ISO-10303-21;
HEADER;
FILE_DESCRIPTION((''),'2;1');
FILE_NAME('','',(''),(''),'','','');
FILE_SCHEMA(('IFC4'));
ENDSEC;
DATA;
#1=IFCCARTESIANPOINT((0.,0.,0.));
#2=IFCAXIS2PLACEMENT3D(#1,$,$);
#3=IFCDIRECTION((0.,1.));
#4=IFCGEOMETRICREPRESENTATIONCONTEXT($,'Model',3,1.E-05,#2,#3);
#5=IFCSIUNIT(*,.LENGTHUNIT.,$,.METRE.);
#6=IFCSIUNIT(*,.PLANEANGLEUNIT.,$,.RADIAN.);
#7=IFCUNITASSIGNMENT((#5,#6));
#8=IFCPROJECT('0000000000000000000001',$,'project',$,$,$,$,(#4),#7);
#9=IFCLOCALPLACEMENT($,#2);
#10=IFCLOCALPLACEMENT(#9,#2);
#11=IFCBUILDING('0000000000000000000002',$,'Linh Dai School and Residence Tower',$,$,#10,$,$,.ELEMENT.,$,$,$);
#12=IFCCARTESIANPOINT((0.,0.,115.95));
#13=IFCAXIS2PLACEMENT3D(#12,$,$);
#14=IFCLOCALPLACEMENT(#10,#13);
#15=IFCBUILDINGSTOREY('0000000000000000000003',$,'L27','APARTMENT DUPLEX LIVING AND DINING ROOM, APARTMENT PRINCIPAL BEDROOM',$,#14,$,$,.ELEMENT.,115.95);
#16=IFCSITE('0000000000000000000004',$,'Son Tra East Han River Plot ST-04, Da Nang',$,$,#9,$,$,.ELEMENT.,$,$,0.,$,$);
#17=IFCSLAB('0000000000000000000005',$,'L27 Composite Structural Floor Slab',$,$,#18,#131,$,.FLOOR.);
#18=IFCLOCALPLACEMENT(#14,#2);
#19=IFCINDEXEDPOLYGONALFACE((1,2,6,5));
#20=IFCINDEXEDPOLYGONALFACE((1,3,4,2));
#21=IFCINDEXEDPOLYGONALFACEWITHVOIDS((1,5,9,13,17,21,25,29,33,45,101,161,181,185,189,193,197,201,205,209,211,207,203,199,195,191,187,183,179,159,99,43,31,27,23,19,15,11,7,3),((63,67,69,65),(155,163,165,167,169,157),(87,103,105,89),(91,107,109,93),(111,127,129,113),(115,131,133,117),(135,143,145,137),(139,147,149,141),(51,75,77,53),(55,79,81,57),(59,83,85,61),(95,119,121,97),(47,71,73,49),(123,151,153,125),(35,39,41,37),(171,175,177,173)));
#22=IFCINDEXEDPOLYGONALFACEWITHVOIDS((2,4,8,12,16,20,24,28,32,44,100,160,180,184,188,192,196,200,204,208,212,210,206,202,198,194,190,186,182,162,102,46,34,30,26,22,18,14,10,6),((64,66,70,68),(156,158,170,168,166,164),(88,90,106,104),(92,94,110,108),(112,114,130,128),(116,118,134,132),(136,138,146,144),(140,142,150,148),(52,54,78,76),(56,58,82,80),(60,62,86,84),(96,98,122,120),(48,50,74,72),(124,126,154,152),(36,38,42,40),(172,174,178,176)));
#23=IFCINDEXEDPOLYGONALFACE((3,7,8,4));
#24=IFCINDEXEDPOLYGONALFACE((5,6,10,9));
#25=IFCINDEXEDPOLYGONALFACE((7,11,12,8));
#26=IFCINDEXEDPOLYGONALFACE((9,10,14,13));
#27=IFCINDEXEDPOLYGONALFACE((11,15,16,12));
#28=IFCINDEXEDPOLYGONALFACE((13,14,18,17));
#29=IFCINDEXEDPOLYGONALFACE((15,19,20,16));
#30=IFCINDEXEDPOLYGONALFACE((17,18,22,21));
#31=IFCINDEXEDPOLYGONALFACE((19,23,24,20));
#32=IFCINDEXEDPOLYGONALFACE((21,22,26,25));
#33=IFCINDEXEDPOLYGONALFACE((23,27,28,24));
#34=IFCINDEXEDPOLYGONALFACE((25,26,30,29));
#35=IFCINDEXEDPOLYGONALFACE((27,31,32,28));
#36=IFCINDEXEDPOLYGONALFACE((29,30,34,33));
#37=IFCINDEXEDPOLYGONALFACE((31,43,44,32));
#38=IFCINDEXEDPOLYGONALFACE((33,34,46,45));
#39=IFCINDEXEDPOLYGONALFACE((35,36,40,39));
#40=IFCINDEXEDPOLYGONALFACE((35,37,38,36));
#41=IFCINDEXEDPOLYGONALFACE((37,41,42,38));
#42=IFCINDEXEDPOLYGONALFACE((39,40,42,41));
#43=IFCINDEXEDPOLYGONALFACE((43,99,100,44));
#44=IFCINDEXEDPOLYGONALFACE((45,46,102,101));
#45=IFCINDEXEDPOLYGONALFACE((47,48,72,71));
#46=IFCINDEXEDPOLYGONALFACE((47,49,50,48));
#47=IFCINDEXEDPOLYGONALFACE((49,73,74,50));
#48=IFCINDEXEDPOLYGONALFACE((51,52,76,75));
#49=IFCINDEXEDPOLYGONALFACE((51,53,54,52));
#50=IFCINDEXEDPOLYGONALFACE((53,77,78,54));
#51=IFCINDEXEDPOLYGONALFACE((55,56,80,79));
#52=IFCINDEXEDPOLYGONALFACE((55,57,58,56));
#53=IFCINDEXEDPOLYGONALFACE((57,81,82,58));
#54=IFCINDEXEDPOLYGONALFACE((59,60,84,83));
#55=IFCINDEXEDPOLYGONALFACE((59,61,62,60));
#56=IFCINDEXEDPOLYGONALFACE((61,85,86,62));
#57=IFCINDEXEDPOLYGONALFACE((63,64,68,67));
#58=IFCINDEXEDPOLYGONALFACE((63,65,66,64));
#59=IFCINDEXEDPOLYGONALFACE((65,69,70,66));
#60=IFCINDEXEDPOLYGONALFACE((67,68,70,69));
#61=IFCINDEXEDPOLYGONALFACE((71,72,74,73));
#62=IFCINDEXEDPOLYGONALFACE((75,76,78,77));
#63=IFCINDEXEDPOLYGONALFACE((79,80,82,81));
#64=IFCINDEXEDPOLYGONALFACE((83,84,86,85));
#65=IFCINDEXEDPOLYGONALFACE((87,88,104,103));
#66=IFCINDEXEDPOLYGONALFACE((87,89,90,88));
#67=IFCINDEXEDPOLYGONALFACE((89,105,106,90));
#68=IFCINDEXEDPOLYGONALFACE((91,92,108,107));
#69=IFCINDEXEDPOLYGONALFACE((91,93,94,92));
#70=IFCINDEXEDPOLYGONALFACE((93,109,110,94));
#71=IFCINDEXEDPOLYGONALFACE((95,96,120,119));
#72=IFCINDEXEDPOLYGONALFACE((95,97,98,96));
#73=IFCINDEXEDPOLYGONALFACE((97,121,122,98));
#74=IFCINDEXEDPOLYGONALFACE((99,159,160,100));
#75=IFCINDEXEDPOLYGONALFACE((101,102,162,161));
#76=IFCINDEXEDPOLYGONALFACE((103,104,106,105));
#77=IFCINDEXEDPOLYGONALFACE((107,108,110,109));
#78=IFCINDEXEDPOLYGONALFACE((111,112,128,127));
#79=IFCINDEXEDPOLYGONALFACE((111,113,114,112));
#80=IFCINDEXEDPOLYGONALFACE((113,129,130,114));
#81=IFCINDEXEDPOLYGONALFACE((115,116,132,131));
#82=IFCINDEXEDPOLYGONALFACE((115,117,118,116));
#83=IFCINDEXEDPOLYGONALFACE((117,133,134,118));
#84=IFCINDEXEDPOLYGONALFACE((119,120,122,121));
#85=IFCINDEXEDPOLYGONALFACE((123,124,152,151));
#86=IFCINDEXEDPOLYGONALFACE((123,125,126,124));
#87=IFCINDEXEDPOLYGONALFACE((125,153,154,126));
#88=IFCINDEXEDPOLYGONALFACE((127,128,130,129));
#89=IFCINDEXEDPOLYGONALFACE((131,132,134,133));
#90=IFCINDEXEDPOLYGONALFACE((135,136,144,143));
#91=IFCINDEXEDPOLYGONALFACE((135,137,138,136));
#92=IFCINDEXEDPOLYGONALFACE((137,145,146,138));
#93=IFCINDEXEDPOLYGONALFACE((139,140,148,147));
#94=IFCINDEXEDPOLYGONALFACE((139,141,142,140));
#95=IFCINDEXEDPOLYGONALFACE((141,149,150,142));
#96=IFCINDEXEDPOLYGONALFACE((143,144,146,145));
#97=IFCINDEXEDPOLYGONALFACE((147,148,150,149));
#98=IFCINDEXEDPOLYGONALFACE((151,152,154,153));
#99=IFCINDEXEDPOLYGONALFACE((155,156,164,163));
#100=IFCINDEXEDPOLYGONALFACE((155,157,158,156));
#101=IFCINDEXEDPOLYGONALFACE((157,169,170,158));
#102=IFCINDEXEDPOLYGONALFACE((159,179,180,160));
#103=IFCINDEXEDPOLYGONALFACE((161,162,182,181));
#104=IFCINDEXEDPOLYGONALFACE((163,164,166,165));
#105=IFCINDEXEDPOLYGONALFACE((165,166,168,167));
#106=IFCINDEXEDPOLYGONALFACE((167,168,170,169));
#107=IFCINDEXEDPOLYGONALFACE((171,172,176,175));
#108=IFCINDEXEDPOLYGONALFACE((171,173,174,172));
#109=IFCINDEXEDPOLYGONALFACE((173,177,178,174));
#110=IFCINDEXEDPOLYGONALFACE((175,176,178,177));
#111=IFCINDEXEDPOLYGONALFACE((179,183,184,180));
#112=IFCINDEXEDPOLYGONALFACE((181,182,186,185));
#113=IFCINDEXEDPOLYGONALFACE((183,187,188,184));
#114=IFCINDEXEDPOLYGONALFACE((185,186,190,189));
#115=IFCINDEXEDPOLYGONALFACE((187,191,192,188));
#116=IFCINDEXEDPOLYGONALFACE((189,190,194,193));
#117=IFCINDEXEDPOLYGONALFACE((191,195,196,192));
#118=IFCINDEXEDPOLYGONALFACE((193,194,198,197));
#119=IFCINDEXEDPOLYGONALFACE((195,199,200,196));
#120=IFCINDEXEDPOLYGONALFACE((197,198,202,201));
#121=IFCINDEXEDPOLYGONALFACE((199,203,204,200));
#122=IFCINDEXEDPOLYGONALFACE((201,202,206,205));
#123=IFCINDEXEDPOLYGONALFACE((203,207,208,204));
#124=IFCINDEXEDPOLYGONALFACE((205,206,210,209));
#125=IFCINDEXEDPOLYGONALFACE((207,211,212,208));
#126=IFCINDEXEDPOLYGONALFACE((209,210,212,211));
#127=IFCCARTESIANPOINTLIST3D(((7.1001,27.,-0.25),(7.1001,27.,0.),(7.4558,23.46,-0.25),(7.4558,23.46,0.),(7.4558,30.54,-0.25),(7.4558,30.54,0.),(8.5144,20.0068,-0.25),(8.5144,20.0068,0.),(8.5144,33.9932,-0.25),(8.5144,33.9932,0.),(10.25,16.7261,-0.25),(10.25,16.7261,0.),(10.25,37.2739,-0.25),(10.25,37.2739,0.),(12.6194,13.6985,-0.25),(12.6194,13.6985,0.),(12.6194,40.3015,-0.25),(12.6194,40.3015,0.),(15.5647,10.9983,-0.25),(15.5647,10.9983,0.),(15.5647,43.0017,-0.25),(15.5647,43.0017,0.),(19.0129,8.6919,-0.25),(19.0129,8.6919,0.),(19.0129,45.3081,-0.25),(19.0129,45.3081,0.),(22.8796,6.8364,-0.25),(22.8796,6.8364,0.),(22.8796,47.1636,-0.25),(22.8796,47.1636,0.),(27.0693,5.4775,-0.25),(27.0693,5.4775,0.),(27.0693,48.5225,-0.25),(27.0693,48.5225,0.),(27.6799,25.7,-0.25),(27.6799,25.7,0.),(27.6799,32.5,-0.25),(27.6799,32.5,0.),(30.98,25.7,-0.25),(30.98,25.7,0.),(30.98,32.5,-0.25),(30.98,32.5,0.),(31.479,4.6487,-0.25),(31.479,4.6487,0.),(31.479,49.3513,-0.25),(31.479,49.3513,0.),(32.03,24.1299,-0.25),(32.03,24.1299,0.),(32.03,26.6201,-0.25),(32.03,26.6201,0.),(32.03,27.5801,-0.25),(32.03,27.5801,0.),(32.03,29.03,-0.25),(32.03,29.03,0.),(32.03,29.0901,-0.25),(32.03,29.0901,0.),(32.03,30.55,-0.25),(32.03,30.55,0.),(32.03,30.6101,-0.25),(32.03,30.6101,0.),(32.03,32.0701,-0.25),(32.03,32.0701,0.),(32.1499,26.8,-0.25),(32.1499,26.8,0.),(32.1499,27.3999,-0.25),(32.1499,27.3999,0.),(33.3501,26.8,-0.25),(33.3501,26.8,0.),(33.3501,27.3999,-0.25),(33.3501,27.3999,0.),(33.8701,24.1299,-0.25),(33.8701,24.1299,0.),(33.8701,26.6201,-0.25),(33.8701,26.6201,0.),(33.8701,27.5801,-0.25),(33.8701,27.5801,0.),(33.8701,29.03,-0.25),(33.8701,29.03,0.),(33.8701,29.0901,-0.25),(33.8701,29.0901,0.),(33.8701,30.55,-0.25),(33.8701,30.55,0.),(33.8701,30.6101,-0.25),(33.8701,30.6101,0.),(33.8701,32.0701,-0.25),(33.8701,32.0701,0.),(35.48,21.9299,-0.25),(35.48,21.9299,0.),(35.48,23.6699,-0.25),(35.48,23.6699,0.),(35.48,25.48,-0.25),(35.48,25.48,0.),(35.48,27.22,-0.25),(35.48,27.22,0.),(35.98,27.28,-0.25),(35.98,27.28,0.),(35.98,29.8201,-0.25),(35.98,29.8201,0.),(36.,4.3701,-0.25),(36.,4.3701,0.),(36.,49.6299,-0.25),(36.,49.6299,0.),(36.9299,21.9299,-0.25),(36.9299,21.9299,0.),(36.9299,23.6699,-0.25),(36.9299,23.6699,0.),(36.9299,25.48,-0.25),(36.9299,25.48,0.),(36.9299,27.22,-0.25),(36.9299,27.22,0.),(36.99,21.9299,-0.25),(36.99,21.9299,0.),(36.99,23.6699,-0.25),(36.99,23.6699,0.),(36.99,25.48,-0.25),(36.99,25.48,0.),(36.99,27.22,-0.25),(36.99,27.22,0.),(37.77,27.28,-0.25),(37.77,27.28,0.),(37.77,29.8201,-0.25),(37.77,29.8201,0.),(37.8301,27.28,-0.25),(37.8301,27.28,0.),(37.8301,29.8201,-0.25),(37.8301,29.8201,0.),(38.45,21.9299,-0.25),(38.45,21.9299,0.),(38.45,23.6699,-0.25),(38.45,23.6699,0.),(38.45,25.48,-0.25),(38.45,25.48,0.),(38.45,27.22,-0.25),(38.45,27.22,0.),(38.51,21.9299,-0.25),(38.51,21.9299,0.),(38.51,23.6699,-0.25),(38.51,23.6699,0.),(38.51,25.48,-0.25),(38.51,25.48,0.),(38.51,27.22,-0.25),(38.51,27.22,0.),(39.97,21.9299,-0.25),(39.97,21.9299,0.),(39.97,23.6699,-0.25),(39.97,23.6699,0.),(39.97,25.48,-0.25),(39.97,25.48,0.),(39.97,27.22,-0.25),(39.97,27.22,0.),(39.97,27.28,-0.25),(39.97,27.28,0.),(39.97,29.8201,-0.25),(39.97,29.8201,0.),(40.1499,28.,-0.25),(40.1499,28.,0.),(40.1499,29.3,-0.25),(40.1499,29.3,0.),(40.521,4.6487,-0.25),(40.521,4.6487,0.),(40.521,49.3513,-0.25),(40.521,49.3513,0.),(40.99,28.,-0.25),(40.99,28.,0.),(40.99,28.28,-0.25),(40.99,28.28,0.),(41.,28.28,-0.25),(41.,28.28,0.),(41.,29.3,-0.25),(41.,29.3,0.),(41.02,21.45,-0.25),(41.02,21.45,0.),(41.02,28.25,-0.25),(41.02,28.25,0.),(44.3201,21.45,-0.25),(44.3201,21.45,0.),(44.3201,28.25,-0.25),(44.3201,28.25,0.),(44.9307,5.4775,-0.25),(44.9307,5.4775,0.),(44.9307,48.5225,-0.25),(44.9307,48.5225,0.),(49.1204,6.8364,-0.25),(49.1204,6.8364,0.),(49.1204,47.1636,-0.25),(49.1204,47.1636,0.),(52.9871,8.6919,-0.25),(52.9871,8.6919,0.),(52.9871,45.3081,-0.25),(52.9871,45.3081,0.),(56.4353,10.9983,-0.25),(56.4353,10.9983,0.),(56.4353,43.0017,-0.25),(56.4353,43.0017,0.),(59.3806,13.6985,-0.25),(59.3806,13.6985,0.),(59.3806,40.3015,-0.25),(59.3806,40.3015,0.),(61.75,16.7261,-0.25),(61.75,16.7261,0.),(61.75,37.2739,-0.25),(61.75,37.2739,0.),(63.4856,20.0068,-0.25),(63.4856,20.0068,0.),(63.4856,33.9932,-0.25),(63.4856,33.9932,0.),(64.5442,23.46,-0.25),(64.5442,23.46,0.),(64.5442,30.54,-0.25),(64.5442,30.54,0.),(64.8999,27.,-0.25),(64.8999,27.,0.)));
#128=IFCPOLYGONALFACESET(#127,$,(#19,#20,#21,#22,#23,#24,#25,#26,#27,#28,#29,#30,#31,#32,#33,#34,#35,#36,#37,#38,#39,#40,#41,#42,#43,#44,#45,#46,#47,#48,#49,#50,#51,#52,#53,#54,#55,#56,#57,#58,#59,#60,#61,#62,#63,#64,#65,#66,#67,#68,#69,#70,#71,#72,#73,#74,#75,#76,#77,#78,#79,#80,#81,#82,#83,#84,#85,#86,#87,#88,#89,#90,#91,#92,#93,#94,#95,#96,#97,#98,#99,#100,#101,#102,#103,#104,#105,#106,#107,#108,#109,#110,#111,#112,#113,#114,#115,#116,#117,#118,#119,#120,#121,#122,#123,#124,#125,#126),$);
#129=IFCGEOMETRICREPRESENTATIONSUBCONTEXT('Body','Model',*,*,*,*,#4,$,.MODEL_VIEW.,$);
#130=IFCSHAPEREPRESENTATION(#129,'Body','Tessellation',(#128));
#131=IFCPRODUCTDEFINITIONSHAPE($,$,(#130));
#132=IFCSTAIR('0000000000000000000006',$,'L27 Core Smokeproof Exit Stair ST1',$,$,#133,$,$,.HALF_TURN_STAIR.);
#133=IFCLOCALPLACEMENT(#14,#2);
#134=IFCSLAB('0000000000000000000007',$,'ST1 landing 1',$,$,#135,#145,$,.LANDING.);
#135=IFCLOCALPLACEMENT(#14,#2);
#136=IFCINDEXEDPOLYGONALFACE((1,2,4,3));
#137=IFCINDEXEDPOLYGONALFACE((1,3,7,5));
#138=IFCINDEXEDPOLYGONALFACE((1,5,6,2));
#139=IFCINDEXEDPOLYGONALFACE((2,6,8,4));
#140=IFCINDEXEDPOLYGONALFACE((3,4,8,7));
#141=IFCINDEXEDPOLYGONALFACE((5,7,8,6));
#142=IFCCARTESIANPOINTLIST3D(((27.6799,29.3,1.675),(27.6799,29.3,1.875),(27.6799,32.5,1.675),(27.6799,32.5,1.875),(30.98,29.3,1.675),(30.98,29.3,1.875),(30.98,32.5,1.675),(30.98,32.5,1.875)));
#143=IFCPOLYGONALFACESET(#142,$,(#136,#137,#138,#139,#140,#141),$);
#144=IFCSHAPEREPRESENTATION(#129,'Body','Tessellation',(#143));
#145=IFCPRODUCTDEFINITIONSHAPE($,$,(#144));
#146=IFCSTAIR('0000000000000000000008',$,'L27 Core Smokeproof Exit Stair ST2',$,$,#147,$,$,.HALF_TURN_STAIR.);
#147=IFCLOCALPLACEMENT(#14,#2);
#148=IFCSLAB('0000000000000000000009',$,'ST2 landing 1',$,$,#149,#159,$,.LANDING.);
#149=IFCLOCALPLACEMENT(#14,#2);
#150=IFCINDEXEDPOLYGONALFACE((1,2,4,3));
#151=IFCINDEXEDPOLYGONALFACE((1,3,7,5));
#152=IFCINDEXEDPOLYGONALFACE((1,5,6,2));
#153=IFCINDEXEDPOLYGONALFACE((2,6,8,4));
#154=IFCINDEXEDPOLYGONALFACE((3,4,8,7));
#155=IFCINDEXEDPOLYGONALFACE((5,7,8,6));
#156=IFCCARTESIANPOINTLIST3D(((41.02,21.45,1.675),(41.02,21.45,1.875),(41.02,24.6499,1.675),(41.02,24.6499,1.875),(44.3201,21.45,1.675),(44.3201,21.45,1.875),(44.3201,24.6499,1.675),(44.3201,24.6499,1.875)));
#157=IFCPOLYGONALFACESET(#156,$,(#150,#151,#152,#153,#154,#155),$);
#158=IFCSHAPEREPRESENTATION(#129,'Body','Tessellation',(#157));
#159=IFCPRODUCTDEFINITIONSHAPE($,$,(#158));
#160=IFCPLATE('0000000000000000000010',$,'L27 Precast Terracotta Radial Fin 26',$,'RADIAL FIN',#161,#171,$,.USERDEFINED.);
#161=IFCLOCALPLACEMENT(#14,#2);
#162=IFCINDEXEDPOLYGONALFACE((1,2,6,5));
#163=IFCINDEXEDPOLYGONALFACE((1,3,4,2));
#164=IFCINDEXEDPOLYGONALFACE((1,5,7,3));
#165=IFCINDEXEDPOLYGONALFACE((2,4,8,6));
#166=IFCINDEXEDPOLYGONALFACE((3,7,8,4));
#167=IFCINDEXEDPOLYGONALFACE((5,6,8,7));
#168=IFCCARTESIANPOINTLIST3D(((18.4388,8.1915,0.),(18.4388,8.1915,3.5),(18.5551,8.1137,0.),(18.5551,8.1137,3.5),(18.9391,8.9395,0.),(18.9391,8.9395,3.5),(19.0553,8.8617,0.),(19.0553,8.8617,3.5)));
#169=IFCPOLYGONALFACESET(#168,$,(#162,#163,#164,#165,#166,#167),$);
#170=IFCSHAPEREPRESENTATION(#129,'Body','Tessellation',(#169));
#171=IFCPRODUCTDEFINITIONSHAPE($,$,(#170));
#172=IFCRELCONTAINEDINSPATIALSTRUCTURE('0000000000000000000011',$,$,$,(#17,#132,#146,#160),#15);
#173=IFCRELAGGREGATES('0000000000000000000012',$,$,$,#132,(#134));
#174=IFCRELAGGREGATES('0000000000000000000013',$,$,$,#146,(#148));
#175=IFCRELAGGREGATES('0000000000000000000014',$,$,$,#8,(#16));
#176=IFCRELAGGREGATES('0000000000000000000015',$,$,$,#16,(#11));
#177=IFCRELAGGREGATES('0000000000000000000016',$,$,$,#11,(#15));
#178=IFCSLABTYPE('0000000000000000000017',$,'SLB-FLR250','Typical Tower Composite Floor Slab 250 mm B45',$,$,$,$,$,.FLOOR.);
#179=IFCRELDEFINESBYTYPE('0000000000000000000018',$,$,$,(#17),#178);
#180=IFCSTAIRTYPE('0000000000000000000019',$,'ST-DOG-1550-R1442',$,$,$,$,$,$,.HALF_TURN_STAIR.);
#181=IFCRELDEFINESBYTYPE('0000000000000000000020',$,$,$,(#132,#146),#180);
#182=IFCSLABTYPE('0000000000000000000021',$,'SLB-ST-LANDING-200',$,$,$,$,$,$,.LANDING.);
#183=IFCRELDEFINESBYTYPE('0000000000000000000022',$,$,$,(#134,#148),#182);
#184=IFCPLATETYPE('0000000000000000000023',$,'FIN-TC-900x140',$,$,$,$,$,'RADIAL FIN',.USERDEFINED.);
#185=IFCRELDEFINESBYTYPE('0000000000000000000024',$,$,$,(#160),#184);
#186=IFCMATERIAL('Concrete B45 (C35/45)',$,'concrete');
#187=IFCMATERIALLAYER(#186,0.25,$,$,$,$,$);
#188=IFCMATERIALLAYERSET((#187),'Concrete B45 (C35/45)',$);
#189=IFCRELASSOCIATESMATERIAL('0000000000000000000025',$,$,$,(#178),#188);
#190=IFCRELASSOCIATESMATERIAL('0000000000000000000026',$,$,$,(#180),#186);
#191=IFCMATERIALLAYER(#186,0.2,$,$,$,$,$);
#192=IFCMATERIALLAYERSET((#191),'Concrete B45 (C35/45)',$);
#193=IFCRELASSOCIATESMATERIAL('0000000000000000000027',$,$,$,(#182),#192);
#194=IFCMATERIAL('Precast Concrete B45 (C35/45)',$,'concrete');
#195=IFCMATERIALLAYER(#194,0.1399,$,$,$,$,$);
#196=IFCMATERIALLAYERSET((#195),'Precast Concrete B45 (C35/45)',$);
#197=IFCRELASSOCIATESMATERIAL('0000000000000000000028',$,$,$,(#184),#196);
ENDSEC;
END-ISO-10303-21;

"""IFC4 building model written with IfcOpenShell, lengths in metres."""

from ifc_helpers import new_model, si_unit, direction, frame, origin, origin_2d, place, context, subcontext, project, spatial, polyline, rectangle, outline, extrude, source, transform, mapped, material, layer, layer_set, type_object, element, aggregate, save


model = new_model("IFC4")

# Units and contexts
model_context = context("Model", 3, precision=1e-05, world=origin(), true_north=direction((0.0, 1.0)))
body_context = subcontext(model_context, "Body", "Model", "MODEL_VIEW")
ifc_project = project(units=[si_unit("LENGTHUNIT", "METRE"), si_unit("PLANEANGLEUNIT", "RADIAN")], contexts=[model_context])

# Site, building, storey
site_placement = place(None, origin())
site = spatial("IfcSite", under=ifc_project, at=site_placement, Name="Son Tra East Han River Plot ST-04, Da Nang", CompositionType="ELEMENT", RefElevation=0.0)
building_placement = place(site_placement, origin())
building = spatial("IfcBuilding", under=site, at=building_placement, Name="Linh Dai School and Residence Tower", CompositionType="ELEMENT")
storey_placement = place(building_placement, frame((0.0, 0.0, 115.95)))
storey = spatial("IfcBuildingStorey", under=building, at=storey_placement, Name="L27", Description="APARTMENT DUPLEX LIVING AND DINING ROOM, APARTMENT PRINCIPAL BEDROOM", CompositionType="ELEMENT", Elevation=115.95)

# Slab
ifc_material_1 = material(Name="Concrete B45 (C35/45)", Category="concrete")
ifc_layer_1 = layer(ifc_material_1, 0.25)
ifc_layer_set_1 = layer_set([ifc_layer_1], Name="Concrete B45 (C35/45)")
slab_type_1 = type_object("IfcSlabType", Name="SLB-FLR250", Description="Typical Tower Composite Floor Slab 250 mm B45", PredefinedType="FLOOR", material=ifc_layer_set_1)
slab_1_placement = place(storey_placement, frame((0.0, 0.0, -0.25)))
element("IfcSlab", 1, at=slab_1_placement, inside=storey, type_object=slab_type_1, Name="L27 Composite Structural Floor Slab", PredefinedType="FLOOR", context=body_context, shape_type="SweptSolid", body=[
    extrude(outline(polyline([(64.8999, 27.0), (64.5442, 30.54), (63.4856, 33.9932), (61.75, 37.2739), (59.3806, 40.3015), (56.4353, 43.0017), (52.9871, 45.3081), (49.1204, 47.1636), (44.9307, 48.5225), (40.521, 49.3513), (36.0, 49.6299), (31.479, 49.3513), (27.0693, 48.5225), (22.8796, 47.1636), (19.0129, 45.3081), (15.5647, 43.0017), (12.6194, 40.3015), (10.25, 37.2739), (8.5144, 33.9932), (7.4558, 30.54), (7.1001, 27.0), (7.4558, 23.46), (8.5144, 20.0068), (10.25, 16.7261), (12.6194, 13.6985), (15.5647, 10.9983), (19.0129, 8.6919), (22.8796, 6.8364), (27.0693, 5.4775), (31.479, 4.6487), (36.0, 4.3701), (40.521, 4.6487), (44.9307, 5.4775), (49.1204, 6.8364), (52.9871, 8.6919), (56.4353, 10.9983), (59.3806, 13.6985), (61.75, 16.7261), (63.4856, 20.0068), (64.5442, 23.46), (64.8999, 27.0)]), holes=[polyline([(30.98, 25.7), (30.98, 32.5), (27.6799, 32.5), (27.6799, 25.7), (30.98, 25.7)]), polyline([(41.02, 28.25), (41.02, 21.45), (44.3201, 21.45), (44.3201, 28.25), (41.02, 28.25)]), polyline([(35.98, 27.28), (37.77, 27.28), (37.77, 29.8201), (35.98, 29.8201), (35.98, 27.28)]), polyline([(32.03, 24.1299), (33.8701, 24.1299), (33.8701, 26.6201), (32.03, 26.6201), (32.03, 24.1299)]), polyline([(37.8301, 27.28), (39.97, 27.28), (39.97, 29.8201), (37.8301, 29.8201), (37.8301, 27.28)]), polyline([(35.48, 21.9299), (36.9299, 21.9299), (36.9299, 23.6699), (35.48, 23.6699), (35.48, 21.9299)]), polyline([(36.99, 21.9299), (38.45, 21.9299), (38.45, 23.6699), (36.99, 23.6699), (36.99, 21.9299)]), polyline([(38.51, 21.9299), (39.97, 21.9299), (39.97, 23.6699), (38.51, 23.6699), (38.51, 21.9299)]), polyline([(32.03, 27.5801), (33.8701, 27.5801), (33.8701, 29.03), (32.03, 29.03), (32.03, 27.5801)]), polyline([(32.03, 29.0901), (33.8701, 29.0901), (33.8701, 30.55), (32.03, 30.55), (32.03, 29.0901)]), polyline([(32.03, 30.6101), (33.8701, 30.6101), (33.8701, 32.0701), (32.03, 32.0701), (32.03, 30.6101)]), polyline([(35.48, 25.48), (36.9299, 25.48), (36.9299, 27.22), (35.48, 27.22), (35.48, 25.48)]), polyline([(36.99, 25.48), (38.45, 25.48), (38.45, 27.22), (36.99, 27.22), (36.99, 25.48)]), polyline([(38.51, 25.48), (39.97, 25.48), (39.97, 27.22), (38.51, 27.22), (38.51, 25.48)]), polyline([(40.1499, 28.0), (40.1499, 29.3), (41.0, 29.3), (41.0, 28.28), (40.99, 28.28), (40.99, 28.0), (40.1499, 28.0)]), polyline([(32.1499, 26.8), (33.3501, 26.8), (33.3501, 27.3999), (32.1499, 27.3999), (32.1499, 26.8)])]), origin(), (0.0, 0.0, 1.0), 0.25),
])

# Stairs, slabs
stair_type = type_object("IfcStairType", Name="ST-DOG-1550-R1442", PredefinedType="HALF_TURN_STAIR", material=ifc_material_1)
stair_1_placement = place(storey_placement, origin())
stair_1 = element("IfcStair", 2, at=stair_1_placement, inside=storey, type_object=stair_type, Name="L27 Core Smokeproof Exit Stair ST1", PredefinedType="HALF_TURN_STAIR")
ifc_layer_2 = layer(ifc_material_1, 0.2)
ifc_layer_set_2 = layer_set([ifc_layer_2], Name="Concrete B45 (C35/45)")
slab_type_2 = type_object("IfcSlabType", Name="SLB-ST-LANDING-200", PredefinedType="LANDING", material=ifc_layer_set_2)
slab_2_placement = place(storey_placement, frame((0.0, 0.0, 1.675)))
slab_2 = element("IfcSlab", 3, at=slab_2_placement, type_object=slab_type_2, Name="ST1 landing 1", PredefinedType="LANDING", context=body_context, shape_type="SweptSolid", body=[
    extrude(outline(polyline([(30.98, 29.3), (30.98, 32.5), (27.6799, 32.5), (27.6799, 29.3), (30.98, 29.3)])), origin(), (0.0, 0.0, 1.0), 0.2),
])
aggregate(stair_1, [slab_2])
stair_2_placement = place(storey_placement, origin())
stair_2 = element("IfcStair", 4, at=stair_2_placement, inside=storey, type_object=stair_type, Name="L27 Core Smokeproof Exit Stair ST2", PredefinedType="HALF_TURN_STAIR")
slab_3_placement = place(storey_placement, frame((0.0, 0.0, 1.675)))
slab_3 = element("IfcSlab", 5, at=slab_3_placement, type_object=slab_type_2, Name="ST2 landing 1", PredefinedType="LANDING", context=body_context, shape_type="SweptSolid", body=[
    extrude(outline(polyline([(41.02, 24.6499), (41.02, 21.45), (44.3201, 21.45), (44.3201, 24.6499), (41.02, 24.6499)])), origin(), (0.0, 0.0, 1.0), 0.2),
])
aggregate(stair_2, [slab_3])

# Plate
ifc_material_2 = material(Name="Precast Concrete B45 (C35/45)", Category="concrete")
ifc_layer_3 = layer(ifc_material_2, 0.1399)
ifc_layer_set_3 = layer_set([ifc_layer_3], Name="Precast Concrete B45 (C35/45)")
plate_type = type_object("IfcPlateType", Name="FIN-TC-900x140", ElementType="RADIAL FIN", PredefinedType="USERDEFINED", material=ifc_layer_set_3)
shared_shape_1 = source(origin(), body_context, "Body", "SweptSolid", [
    extrude(rectangle(XDim=0.8999, YDim=0.1399, at=origin_2d()), origin(), (0.0, 0.0, 1.0), 3.5),
])
plate_placement = place(storey_placement, frame((18.7471, 8.5266, 0.0), z_axis=(0.0, 0.0, 1.0), x_axis=(-0.555913, -0.83124, 0.0)))
element("IfcPlate", 6, at=plate_placement, inside=storey, type_object=plate_type, Name="L27 Precast Terracotta Radial Fin 26", ObjectType="RADIAL FIN", PredefinedType="USERDEFINED", context=body_context, shape_type="MappedRepresentation", body=[
    mapped(shared_shape_1, transform((0.0, 0.0, 0.0), x_axis=(1.0, 0.0, 0.0), y_axis=(0.0, 1.0, 0.0), z_axis=(0.0, 0.0, 1.0), scale=1.0)),
])

save(model, "model.ifc")
